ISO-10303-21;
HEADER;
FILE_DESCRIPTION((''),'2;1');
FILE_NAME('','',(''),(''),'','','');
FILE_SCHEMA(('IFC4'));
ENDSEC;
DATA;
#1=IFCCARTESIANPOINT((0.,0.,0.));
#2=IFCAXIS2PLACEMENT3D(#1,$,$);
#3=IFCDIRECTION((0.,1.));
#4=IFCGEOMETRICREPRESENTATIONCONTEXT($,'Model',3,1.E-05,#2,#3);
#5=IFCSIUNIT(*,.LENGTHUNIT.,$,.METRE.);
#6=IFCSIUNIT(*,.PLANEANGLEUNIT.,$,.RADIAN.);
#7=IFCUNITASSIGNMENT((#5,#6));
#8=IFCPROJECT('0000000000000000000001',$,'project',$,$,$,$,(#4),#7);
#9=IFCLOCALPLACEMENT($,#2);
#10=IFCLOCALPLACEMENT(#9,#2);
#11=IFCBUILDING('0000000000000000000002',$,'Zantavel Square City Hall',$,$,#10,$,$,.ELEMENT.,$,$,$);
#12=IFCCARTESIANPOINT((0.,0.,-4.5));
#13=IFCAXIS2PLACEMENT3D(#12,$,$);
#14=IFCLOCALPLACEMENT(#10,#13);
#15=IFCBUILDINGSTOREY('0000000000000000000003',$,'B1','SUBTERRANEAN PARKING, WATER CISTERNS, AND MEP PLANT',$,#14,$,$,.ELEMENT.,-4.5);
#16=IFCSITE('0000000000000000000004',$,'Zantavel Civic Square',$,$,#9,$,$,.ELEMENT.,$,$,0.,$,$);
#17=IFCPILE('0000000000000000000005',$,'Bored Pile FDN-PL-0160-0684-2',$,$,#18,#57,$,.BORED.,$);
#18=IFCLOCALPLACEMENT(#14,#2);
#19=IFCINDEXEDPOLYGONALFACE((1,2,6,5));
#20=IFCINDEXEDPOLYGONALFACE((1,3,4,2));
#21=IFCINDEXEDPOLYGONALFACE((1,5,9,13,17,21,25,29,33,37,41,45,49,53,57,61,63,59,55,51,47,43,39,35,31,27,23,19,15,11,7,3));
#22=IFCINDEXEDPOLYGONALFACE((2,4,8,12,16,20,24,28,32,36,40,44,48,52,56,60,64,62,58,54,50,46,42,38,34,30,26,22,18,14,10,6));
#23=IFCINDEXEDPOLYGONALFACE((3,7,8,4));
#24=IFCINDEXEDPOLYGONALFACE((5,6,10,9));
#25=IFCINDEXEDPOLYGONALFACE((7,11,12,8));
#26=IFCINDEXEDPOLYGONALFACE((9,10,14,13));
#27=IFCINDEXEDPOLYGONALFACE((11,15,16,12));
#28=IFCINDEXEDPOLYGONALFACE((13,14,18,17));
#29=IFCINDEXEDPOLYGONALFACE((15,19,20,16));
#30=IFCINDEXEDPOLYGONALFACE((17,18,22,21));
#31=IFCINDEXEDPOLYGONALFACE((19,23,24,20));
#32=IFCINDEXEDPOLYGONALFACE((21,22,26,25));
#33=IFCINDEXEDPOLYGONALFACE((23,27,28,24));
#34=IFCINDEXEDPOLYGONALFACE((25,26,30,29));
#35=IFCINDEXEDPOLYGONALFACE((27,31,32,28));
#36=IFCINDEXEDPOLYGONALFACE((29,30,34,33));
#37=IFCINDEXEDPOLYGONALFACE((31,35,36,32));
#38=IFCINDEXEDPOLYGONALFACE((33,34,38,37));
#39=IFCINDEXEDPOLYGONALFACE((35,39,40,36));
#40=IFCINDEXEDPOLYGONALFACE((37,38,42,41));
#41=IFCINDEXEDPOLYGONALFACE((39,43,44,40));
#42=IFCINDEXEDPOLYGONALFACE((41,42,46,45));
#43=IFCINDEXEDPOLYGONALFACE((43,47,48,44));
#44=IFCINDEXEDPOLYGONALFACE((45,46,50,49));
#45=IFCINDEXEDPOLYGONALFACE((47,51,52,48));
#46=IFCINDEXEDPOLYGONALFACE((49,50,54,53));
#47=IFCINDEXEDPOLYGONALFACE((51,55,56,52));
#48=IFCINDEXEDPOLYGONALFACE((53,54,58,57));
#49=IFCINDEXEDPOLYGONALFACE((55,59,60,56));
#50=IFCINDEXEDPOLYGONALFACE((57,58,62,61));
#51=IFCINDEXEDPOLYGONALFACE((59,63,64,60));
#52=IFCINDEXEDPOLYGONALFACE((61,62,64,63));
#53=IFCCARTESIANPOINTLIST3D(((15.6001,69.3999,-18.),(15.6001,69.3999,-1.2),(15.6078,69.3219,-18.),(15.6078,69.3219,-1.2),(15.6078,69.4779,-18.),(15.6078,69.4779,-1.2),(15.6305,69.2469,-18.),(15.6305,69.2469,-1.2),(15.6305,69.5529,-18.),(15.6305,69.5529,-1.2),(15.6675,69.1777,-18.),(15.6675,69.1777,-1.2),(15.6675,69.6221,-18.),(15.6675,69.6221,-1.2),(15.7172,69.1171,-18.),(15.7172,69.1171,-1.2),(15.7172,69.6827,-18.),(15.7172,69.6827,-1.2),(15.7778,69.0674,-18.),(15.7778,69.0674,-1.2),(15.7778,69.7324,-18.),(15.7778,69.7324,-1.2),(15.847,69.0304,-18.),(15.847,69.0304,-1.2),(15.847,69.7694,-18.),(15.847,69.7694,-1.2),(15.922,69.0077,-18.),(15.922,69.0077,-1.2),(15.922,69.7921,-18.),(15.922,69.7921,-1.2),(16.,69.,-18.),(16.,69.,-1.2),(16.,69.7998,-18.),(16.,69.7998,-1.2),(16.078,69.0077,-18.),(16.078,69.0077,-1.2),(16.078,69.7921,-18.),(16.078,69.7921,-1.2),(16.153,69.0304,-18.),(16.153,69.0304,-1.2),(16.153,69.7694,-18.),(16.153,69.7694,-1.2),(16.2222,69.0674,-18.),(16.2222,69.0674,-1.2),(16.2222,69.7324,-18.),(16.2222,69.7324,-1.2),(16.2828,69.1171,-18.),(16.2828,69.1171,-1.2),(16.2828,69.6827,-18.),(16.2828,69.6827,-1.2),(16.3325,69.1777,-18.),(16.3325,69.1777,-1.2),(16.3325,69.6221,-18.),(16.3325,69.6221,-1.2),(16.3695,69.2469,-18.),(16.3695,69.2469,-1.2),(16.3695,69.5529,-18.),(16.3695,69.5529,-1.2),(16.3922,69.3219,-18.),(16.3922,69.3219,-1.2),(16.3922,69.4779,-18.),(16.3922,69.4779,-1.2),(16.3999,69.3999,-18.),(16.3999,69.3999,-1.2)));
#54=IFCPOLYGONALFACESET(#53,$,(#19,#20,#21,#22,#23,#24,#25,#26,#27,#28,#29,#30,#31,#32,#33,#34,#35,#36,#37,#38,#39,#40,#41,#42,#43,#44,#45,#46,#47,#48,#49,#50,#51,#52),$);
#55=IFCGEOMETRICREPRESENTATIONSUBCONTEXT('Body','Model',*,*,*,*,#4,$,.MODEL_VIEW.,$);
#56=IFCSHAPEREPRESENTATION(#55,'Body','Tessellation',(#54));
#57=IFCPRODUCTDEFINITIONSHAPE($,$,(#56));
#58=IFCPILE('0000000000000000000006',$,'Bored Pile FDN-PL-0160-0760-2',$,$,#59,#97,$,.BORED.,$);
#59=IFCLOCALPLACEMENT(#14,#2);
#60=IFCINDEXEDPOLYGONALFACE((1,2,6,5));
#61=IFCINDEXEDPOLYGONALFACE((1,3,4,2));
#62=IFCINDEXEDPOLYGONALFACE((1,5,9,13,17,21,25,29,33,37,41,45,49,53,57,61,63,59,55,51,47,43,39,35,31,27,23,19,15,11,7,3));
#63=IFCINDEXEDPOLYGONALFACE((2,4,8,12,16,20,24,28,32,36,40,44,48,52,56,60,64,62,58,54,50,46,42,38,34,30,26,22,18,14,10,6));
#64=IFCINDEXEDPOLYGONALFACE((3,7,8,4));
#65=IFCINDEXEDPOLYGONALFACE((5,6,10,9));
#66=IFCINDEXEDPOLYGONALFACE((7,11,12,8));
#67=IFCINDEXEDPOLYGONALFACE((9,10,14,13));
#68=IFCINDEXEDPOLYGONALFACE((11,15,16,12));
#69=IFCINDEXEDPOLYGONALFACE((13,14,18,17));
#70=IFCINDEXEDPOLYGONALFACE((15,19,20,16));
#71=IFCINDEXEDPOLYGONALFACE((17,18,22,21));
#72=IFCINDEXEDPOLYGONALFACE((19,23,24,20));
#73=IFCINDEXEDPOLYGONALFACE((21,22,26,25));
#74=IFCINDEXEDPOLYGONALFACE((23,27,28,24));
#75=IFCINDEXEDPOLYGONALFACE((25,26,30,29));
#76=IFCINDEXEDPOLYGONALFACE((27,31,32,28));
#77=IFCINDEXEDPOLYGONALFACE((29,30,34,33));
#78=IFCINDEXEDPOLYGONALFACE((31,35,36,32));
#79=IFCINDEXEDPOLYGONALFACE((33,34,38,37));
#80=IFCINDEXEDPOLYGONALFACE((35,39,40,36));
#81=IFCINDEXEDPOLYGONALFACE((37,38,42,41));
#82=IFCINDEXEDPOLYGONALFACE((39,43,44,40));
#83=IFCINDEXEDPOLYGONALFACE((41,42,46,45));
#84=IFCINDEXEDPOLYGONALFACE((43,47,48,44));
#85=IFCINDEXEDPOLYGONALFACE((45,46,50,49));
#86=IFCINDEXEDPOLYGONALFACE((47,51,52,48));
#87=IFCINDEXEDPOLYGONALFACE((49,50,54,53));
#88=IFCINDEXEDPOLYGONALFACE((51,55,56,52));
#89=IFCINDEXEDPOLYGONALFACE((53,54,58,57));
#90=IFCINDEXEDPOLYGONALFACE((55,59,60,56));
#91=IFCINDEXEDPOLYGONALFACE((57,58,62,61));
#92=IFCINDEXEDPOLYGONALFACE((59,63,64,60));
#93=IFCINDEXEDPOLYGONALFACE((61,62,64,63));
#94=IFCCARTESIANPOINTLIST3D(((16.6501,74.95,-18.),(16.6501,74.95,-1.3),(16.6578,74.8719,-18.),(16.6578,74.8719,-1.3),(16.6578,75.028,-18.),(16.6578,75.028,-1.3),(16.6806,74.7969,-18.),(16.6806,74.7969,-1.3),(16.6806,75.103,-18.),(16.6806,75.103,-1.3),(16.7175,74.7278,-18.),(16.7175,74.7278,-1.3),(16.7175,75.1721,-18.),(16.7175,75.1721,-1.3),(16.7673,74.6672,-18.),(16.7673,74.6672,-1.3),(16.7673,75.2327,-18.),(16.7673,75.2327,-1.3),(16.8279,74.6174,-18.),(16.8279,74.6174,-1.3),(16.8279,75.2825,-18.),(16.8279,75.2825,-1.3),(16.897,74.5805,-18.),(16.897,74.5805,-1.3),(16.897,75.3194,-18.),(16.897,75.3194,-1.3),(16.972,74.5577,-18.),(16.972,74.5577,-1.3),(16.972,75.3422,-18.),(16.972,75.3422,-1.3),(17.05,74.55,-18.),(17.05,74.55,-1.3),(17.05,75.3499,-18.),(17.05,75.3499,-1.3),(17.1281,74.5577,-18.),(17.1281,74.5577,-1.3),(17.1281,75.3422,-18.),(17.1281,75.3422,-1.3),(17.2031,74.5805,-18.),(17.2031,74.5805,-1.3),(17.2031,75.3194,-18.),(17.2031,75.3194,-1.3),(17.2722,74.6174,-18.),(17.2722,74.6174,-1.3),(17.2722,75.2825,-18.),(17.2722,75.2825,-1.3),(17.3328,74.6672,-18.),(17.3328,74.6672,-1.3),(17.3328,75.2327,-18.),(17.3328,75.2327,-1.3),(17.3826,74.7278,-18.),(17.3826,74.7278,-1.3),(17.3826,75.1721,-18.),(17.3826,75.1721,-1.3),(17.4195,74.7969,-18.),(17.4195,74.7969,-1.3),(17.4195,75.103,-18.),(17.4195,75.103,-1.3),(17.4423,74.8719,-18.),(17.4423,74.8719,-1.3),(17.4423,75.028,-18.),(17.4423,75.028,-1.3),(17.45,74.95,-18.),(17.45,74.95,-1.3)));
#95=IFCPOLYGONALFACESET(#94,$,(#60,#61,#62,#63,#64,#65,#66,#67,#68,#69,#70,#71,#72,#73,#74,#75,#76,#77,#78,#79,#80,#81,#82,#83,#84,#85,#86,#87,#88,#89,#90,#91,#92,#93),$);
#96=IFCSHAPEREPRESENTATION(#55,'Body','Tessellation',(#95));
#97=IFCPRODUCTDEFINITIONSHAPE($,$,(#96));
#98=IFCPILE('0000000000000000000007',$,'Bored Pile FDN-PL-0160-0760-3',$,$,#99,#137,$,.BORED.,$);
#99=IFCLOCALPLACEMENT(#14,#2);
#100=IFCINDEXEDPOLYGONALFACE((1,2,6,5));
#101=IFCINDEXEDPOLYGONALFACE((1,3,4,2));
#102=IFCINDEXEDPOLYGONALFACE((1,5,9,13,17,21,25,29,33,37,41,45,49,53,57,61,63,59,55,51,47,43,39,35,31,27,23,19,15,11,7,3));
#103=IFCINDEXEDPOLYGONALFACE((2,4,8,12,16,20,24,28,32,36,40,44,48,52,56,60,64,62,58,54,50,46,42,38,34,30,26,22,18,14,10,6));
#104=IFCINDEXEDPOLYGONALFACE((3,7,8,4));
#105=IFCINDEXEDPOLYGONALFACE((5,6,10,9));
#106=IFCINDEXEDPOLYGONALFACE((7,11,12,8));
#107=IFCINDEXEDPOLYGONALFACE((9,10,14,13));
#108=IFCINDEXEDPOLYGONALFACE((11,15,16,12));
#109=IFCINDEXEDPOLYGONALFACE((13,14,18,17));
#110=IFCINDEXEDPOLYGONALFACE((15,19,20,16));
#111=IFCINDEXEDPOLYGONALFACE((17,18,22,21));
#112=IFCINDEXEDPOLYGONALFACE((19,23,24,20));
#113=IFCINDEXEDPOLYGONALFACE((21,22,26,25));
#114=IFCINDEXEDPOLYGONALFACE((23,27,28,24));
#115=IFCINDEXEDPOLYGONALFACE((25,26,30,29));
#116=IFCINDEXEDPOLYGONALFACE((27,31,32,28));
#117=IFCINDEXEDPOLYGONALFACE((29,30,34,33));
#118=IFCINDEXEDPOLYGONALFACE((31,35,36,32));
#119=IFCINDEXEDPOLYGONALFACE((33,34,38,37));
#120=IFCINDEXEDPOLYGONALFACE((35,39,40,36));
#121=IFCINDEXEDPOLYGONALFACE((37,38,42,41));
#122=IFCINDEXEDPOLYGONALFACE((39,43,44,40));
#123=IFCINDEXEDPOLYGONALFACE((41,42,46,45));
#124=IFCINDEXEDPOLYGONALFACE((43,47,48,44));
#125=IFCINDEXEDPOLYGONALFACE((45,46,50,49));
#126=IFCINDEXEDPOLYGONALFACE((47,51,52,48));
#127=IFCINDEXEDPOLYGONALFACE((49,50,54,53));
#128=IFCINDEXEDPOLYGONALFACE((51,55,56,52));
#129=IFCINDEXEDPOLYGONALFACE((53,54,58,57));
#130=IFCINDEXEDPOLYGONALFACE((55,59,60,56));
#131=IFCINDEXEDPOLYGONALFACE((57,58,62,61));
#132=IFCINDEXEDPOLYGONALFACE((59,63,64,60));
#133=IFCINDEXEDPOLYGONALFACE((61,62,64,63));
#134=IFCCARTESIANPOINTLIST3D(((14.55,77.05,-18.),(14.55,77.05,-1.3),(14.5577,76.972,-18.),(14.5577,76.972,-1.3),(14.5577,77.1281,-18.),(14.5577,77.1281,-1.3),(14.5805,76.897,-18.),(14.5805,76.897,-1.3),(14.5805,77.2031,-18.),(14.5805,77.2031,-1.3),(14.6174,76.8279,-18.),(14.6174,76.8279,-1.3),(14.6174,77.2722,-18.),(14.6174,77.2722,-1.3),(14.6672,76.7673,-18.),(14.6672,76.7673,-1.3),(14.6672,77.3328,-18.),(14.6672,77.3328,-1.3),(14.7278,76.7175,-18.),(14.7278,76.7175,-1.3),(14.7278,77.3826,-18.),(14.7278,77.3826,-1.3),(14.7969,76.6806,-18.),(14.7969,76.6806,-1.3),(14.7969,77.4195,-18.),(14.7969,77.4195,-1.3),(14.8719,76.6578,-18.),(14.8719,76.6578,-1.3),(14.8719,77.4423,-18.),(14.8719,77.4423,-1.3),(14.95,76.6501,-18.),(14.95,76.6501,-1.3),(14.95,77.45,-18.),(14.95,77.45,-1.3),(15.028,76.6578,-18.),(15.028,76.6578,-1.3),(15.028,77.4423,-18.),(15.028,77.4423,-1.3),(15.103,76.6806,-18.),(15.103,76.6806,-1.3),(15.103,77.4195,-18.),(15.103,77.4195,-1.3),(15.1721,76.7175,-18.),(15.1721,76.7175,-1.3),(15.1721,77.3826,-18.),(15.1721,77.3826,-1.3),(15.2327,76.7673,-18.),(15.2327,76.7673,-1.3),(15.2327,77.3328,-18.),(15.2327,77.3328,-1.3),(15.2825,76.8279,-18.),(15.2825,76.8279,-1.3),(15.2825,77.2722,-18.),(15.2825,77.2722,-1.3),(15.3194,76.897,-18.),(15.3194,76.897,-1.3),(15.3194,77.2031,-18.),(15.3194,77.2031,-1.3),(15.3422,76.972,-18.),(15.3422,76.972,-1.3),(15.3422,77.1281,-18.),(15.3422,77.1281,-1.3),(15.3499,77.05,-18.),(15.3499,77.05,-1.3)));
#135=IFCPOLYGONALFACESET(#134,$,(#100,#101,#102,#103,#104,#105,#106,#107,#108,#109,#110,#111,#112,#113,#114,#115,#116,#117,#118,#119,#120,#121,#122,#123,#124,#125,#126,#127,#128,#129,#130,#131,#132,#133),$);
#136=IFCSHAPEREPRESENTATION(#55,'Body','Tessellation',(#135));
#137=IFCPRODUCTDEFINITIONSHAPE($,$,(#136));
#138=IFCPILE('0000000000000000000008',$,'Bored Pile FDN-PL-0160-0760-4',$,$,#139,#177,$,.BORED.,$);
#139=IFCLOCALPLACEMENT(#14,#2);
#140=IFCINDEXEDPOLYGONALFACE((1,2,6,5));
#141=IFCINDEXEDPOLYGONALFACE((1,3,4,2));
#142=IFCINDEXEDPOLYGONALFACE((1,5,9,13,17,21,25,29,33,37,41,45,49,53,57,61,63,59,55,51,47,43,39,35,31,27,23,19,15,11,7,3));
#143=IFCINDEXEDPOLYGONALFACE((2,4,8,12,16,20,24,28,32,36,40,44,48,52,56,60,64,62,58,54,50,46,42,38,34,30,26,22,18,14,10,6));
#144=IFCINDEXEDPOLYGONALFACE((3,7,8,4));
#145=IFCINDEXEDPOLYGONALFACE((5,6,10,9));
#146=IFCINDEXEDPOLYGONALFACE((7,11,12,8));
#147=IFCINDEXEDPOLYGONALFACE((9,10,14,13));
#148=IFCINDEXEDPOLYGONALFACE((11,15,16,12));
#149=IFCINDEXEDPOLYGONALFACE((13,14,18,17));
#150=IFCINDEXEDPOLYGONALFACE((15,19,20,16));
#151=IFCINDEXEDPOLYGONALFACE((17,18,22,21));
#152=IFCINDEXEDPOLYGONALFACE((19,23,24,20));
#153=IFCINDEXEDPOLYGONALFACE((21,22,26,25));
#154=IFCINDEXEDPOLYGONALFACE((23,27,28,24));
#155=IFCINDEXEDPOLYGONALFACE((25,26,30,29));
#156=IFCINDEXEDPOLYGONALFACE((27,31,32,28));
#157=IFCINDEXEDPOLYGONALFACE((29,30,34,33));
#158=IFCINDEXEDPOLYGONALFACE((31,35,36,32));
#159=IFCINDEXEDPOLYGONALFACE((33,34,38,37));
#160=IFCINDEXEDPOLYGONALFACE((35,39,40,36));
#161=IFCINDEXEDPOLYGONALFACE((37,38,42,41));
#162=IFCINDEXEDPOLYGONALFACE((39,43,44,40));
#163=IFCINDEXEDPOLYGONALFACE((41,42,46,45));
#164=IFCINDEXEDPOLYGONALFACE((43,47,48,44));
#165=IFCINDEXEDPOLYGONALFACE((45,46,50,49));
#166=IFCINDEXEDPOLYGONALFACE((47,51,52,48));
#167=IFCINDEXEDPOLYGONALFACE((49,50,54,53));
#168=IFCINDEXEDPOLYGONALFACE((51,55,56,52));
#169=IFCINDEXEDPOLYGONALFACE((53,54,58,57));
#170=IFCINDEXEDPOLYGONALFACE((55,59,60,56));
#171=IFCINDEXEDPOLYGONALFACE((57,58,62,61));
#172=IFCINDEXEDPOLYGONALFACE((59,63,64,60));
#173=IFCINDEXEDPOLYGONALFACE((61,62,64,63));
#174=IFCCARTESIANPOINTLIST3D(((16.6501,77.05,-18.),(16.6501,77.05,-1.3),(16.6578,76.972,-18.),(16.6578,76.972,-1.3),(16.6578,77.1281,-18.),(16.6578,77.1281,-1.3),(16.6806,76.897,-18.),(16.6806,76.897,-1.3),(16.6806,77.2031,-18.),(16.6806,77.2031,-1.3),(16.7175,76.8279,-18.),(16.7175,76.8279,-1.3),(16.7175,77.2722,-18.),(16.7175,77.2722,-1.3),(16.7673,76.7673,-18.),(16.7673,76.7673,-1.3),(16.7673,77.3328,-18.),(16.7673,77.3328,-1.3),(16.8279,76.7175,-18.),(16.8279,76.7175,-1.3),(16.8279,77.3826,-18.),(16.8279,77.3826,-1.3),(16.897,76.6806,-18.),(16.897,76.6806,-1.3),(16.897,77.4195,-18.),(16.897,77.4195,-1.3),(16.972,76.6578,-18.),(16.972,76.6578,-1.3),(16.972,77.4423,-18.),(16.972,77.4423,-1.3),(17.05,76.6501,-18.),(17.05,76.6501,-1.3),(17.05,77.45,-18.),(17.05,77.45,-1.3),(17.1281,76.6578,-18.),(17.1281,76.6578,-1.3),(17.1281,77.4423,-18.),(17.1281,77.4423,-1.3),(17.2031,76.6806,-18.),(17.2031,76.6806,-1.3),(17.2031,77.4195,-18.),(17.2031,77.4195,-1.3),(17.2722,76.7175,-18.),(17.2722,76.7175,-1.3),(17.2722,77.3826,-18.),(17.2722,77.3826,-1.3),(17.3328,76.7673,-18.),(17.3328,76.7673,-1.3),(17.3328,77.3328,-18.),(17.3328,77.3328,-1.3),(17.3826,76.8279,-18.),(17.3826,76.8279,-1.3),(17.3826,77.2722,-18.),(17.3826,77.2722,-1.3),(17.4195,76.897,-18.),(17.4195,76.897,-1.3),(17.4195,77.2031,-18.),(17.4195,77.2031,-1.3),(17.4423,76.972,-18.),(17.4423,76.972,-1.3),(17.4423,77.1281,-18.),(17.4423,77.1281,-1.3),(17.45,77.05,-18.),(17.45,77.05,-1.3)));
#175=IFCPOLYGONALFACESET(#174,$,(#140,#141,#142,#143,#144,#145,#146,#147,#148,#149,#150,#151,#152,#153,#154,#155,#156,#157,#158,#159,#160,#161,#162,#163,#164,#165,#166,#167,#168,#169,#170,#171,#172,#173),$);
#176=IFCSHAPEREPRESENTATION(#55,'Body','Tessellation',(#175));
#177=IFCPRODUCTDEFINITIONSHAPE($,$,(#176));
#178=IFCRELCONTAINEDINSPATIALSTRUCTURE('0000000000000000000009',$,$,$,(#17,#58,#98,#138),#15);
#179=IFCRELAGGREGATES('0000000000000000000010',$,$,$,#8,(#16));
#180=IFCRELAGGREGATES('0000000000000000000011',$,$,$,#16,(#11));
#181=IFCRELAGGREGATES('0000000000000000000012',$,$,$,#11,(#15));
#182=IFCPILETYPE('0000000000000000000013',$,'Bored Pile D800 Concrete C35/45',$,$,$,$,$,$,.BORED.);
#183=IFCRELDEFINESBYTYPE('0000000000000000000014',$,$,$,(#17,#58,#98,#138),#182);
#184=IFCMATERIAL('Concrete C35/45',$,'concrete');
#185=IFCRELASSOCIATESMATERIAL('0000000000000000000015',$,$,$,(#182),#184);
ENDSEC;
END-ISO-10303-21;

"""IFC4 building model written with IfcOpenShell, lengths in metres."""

from ifc_helpers import new_model, si_unit, direction, frame, origin, origin_2d, place, context, subcontext, project, spatial, circle, extrude, material, material_profile, profile_set, type_object, element, save


model = new_model("IFC4")

# Units and contexts
model_context = context("Model", 3, precision=1e-05, world=origin(), true_north=direction((0.0, 1.0)))
body_context = subcontext(model_context, "Body", "Model", "MODEL_VIEW")
ifc_project = project(units=[si_unit("LENGTHUNIT", "METRE"), si_unit("PLANEANGLEUNIT", "RADIAN")], contexts=[model_context])

# Site, building, storey
site_placement = place(None, origin())
site = spatial("IfcSite", under=ifc_project, at=site_placement, Name="Zantavel Civic Square", CompositionType="ELEMENT", RefElevation=0.0)
building_placement = place(site_placement, origin())
building = spatial("IfcBuilding", under=site, at=building_placement, Name="Zantavel Square City Hall", CompositionType="ELEMENT")
storey_placement = place(building_placement, frame((0.0, 0.0, -4.5)))
storey = spatial("IfcBuildingStorey", under=building, at=storey_placement, Name="B1", Description="SUBTERRANEAN PARKING, WATER CISTERNS, AND MEP PLANT", CompositionType="ELEMENT", Elevation=-4.5)

# Piles
ifc_material_1 = material(Name="Concrete C35/45", Category="concrete")
ifc_material_profile_1 = material_profile(ifc_material_1, circle(Radius=0.3999, at=origin_2d()), Name="PILE D800")
ifc_profile_set_1 = profile_set([ifc_material_profile_1], Name="Concrete C35/45")
pile_type = type_object("IfcPileType", Name="Bored Pile D800 Concrete C35/45", PredefinedType="BORED", material=ifc_profile_set_1)
pile_placement = place(storey_placement, frame((16.0, 69.3999, -1.2), z_axis=(0.0, 0.0, -1.0), x_axis=(1.0, 0.0, 0.0)))
element("IfcPile", 1, at=pile_placement, inside=storey, type_object=pile_type, Name="Bored Pile FDN-PL-0160-0684-2", PredefinedType="BORED", context=body_context, shape_type="SweptSolid", body=[
    extrude(circle(Radius=0.3999, at=origin_2d()), origin(), (0.0, 0.0, 1.0), 16.8),
])
for number, where, z_axis, x_axis, name in (
    (2, (17.05, 74.95, -1.3), (0.0, 0.0, -1.0), (1.0, 0.0, 0.0), "Bored Pile FDN-PL-0160-0760-2"),
    (3, (14.95, 77.05, -1.3), (0.0, 0.0, -1.0), (1.0, 0.0, 0.0), "Bored Pile FDN-PL-0160-0760-3"),
    (4, (17.05, 77.05, -1.3), (0.0, 0.0, -1.0), (1.0, 0.0, 0.0), "Bored Pile FDN-PL-0160-0760-4"),
):
    element("IfcPile", number, at=place(storey_placement, frame(where, z_axis=z_axis, x_axis=x_axis)), inside=storey, type_object=pile_type, Name=name, PredefinedType="BORED", context=body_context, shape_type="SweptSolid", body=[
        extrude(circle(Radius=0.3999, at=origin_2d()), origin(), (0.0, 0.0, 1.0), 16.7),
    ])

save(model, "model.ifc")
